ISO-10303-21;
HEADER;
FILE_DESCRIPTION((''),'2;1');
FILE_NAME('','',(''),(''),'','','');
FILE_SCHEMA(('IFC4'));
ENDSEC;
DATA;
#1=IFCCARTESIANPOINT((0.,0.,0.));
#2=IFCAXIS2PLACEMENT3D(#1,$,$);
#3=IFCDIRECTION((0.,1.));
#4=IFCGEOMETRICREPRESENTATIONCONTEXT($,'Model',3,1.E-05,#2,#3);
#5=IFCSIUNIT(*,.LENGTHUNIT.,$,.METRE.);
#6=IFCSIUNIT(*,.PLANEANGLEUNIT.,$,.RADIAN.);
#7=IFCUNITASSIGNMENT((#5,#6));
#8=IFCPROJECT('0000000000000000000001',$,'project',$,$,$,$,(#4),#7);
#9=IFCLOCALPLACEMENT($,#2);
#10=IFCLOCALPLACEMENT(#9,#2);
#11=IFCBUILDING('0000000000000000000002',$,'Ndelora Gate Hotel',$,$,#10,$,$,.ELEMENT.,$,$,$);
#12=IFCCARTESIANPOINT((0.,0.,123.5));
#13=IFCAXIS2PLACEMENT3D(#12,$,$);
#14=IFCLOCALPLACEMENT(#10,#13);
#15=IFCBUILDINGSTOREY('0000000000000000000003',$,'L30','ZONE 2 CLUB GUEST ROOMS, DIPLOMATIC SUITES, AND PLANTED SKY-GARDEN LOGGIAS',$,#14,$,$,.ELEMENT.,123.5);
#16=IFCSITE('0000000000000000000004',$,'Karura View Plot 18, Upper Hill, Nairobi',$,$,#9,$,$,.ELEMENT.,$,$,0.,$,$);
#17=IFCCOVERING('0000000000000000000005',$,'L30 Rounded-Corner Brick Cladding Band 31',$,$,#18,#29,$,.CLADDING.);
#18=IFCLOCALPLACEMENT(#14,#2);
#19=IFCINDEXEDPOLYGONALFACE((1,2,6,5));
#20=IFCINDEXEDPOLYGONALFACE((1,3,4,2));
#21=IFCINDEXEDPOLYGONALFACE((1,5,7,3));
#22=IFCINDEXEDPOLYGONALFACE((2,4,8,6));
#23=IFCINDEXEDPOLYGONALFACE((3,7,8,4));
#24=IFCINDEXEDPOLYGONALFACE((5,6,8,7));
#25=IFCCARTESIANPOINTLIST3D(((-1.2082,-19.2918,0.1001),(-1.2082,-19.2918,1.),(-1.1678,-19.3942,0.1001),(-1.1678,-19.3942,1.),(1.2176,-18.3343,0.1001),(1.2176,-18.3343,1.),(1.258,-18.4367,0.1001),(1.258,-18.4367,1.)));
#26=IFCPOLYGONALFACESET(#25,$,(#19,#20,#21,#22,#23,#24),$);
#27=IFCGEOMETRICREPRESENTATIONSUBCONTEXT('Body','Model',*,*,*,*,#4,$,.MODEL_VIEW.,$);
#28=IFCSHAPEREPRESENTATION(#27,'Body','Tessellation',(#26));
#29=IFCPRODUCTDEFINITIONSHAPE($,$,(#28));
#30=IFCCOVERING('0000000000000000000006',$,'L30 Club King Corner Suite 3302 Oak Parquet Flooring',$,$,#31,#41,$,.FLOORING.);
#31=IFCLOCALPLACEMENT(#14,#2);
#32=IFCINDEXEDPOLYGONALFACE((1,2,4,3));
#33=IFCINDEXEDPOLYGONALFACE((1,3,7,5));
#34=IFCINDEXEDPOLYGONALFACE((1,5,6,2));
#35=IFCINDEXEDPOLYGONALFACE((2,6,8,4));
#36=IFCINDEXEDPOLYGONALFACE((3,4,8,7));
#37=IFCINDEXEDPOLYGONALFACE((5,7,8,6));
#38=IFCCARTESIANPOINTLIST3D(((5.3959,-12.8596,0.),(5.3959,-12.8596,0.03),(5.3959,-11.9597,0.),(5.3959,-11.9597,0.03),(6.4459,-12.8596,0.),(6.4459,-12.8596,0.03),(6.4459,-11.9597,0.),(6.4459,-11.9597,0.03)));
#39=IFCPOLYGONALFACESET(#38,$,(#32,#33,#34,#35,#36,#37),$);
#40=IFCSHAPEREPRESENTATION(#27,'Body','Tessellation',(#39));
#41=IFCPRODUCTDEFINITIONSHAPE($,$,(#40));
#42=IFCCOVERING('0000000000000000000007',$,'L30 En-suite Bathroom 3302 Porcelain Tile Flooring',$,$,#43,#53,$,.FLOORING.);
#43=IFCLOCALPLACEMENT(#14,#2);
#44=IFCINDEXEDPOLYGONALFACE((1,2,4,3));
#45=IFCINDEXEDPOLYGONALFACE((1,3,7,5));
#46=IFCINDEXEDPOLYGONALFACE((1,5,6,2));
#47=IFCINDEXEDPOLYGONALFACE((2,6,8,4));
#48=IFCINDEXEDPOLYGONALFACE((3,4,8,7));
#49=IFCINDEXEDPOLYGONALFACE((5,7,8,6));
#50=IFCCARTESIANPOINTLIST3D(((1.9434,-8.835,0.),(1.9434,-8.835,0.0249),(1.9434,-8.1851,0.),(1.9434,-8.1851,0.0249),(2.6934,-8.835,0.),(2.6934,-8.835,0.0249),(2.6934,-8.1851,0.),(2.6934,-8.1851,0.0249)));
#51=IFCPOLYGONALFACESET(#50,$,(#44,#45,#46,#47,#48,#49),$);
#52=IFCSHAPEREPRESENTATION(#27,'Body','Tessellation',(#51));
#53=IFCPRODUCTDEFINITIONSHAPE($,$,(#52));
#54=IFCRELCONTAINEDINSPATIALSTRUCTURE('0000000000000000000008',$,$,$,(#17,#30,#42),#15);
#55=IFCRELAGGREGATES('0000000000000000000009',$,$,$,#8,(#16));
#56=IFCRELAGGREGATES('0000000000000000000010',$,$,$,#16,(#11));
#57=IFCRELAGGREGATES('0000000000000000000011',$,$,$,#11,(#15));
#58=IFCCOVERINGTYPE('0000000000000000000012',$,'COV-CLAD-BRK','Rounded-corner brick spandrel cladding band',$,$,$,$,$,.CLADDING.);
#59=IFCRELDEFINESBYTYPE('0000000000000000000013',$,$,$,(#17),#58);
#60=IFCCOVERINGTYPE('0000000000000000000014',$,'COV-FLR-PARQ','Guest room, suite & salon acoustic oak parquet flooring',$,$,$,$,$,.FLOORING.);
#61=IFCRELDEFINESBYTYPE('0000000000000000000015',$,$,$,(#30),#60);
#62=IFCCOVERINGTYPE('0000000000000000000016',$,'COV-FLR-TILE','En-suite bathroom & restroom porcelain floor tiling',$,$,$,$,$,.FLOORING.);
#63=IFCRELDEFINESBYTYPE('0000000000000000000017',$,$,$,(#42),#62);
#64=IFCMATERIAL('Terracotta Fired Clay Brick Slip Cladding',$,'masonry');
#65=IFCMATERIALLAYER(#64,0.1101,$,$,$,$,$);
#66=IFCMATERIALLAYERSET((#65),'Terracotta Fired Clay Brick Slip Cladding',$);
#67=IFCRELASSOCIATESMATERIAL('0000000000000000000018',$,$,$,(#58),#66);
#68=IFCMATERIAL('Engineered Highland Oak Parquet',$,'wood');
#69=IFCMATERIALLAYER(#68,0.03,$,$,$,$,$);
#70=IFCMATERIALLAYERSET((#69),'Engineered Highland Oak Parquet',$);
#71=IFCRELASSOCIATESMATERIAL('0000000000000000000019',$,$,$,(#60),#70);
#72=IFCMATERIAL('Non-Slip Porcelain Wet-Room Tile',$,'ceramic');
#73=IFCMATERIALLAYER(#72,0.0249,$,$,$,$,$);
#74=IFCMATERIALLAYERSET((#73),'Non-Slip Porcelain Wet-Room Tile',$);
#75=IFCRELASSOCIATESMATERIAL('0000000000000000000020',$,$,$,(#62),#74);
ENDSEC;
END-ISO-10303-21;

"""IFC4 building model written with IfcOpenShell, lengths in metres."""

from ifc_helpers import new_model, si_unit, direction, frame, origin, origin_2d, place, context, subcontext, project, spatial, rectangle, extrude, material, layer, layer_set, type_object, element, save


model = new_model("IFC4")

# Units and contexts
model_context = context("Model", 3, precision=1e-05, world=origin(), true_north=direction((0.0, 1.0)))
body_context = subcontext(model_context, "Body", "Model", "MODEL_VIEW")
ifc_project = project(units=[si_unit("LENGTHUNIT", "METRE"), si_unit("PLANEANGLEUNIT", "RADIAN")], contexts=[model_context])

# Site, building, storey
site_placement = place(None, origin())
site = spatial("IfcSite", under=ifc_project, at=site_placement, Name="Karura View Plot 18, Upper Hill, Nairobi", CompositionType="ELEMENT", RefElevation=0.0)
building_placement = place(site_placement, origin())
building = spatial("IfcBuilding", under=site, at=building_placement, Name="Ndelora Gate Hotel", CompositionType="ELEMENT")
storey_placement = place(building_placement, frame((0.0, 0.0, 123.5)))
storey = spatial("IfcBuildingStorey", under=building, at=storey_placement, Name="L30", Description="ZONE 2 CLUB GUEST ROOMS, DIPLOMATIC SUITES, AND PLANTED SKY-GARDEN LOGGIAS", CompositionType="ELEMENT", Elevation=123.5)

# Coverings
ifc_material_1 = material(Name="Terracotta Fired Clay Brick Slip Cladding", Category="masonry")
ifc_layer_1 = layer(ifc_material_1, 0.1101)
ifc_layer_set_1 = layer_set([ifc_layer_1], Name="Terracotta Fired Clay Brick Slip Cladding")
covering_type_1 = type_object("IfcCoveringType", Name="COV-CLAD-BRK", Description="Rounded-corner brick spandrel cladding band", PredefinedType="CLADDING", material=ifc_layer_set_1)
covering_1_placement = place(storey_placement, frame((0.0249, -18.8643, 0.1001), z_axis=(0.0, 0.0, 1.0), x_axis=(0.930161, 0.367151, 0.0)))
element("IfcCovering", 1, at=covering_1_placement, inside=storey, type_object=covering_type_1, Name="L30 Rounded-Corner Brick Cladding Band 31", PredefinedType="CLADDING", context=body_context, shape_type="SweptSolid", body=[
    extrude(rectangle(XDim=2.6079, YDim=0.1101, at=origin_2d()), origin(), (0.0, 0.0, 1.0), 0.8999),
])
ifc_material_2 = material(Name="Engineered Highland Oak Parquet", Category="wood")
ifc_layer_2 = layer(ifc_material_2, 0.03)
ifc_layer_set_2 = layer_set([ifc_layer_2], Name="Engineered Highland Oak Parquet")
covering_type_2 = type_object("IfcCoveringType", Name="COV-FLR-PARQ", Description="Guest room, suite & salon acoustic oak parquet flooring", PredefinedType="FLOORING", material=ifc_layer_set_2)
covering_2_placement = place(storey_placement, frame((5.9209, -12.4097, 0.0), z_axis=(0.0, 0.0, 1.0), x_axis=(1.0, 0.0, 0.0)))
element("IfcCovering", 2, at=covering_2_placement, inside=storey, type_object=covering_type_2, Name="L30 Club King Corner Suite 3302 Oak Parquet Flooring", PredefinedType="FLOORING", context=body_context, shape_type="SweptSolid", body=[
    extrude(rectangle(XDim=1.05, YDim=0.8999, at=origin_2d()), origin(), (0.0, 0.0, 1.0), 0.03),
])
ifc_material_3 = material(Name="Non-Slip Porcelain Wet-Room Tile", Category="ceramic")
ifc_layer_3 = layer(ifc_material_3, 0.0249)
ifc_layer_set_3 = layer_set([ifc_layer_3], Name="Non-Slip Porcelain Wet-Room Tile")
covering_type_3 = type_object("IfcCoveringType", Name="COV-FLR-TILE", Description="En-suite bathroom & restroom porcelain floor tiling", PredefinedType="FLOORING", material=ifc_layer_set_3)
covering_3_placement = place(storey_placement, frame((2.3184, -8.51, 0.0), z_axis=(0.0, 0.0, 1.0), x_axis=(1.0, 0.0, 0.0)))
element("IfcCovering", 3, at=covering_3_placement, inside=storey, type_object=covering_type_3, Name="L30 En-suite Bathroom 3302 Porcelain Tile Flooring", PredefinedType="FLOORING", context=body_context, shape_type="SweptSolid", body=[
    extrude(rectangle(XDim=0.75, YDim=0.6499, at=origin_2d()), origin(), (0.0, 0.0, 1.0), 0.0249),
])

save(model, "model.ifc")
